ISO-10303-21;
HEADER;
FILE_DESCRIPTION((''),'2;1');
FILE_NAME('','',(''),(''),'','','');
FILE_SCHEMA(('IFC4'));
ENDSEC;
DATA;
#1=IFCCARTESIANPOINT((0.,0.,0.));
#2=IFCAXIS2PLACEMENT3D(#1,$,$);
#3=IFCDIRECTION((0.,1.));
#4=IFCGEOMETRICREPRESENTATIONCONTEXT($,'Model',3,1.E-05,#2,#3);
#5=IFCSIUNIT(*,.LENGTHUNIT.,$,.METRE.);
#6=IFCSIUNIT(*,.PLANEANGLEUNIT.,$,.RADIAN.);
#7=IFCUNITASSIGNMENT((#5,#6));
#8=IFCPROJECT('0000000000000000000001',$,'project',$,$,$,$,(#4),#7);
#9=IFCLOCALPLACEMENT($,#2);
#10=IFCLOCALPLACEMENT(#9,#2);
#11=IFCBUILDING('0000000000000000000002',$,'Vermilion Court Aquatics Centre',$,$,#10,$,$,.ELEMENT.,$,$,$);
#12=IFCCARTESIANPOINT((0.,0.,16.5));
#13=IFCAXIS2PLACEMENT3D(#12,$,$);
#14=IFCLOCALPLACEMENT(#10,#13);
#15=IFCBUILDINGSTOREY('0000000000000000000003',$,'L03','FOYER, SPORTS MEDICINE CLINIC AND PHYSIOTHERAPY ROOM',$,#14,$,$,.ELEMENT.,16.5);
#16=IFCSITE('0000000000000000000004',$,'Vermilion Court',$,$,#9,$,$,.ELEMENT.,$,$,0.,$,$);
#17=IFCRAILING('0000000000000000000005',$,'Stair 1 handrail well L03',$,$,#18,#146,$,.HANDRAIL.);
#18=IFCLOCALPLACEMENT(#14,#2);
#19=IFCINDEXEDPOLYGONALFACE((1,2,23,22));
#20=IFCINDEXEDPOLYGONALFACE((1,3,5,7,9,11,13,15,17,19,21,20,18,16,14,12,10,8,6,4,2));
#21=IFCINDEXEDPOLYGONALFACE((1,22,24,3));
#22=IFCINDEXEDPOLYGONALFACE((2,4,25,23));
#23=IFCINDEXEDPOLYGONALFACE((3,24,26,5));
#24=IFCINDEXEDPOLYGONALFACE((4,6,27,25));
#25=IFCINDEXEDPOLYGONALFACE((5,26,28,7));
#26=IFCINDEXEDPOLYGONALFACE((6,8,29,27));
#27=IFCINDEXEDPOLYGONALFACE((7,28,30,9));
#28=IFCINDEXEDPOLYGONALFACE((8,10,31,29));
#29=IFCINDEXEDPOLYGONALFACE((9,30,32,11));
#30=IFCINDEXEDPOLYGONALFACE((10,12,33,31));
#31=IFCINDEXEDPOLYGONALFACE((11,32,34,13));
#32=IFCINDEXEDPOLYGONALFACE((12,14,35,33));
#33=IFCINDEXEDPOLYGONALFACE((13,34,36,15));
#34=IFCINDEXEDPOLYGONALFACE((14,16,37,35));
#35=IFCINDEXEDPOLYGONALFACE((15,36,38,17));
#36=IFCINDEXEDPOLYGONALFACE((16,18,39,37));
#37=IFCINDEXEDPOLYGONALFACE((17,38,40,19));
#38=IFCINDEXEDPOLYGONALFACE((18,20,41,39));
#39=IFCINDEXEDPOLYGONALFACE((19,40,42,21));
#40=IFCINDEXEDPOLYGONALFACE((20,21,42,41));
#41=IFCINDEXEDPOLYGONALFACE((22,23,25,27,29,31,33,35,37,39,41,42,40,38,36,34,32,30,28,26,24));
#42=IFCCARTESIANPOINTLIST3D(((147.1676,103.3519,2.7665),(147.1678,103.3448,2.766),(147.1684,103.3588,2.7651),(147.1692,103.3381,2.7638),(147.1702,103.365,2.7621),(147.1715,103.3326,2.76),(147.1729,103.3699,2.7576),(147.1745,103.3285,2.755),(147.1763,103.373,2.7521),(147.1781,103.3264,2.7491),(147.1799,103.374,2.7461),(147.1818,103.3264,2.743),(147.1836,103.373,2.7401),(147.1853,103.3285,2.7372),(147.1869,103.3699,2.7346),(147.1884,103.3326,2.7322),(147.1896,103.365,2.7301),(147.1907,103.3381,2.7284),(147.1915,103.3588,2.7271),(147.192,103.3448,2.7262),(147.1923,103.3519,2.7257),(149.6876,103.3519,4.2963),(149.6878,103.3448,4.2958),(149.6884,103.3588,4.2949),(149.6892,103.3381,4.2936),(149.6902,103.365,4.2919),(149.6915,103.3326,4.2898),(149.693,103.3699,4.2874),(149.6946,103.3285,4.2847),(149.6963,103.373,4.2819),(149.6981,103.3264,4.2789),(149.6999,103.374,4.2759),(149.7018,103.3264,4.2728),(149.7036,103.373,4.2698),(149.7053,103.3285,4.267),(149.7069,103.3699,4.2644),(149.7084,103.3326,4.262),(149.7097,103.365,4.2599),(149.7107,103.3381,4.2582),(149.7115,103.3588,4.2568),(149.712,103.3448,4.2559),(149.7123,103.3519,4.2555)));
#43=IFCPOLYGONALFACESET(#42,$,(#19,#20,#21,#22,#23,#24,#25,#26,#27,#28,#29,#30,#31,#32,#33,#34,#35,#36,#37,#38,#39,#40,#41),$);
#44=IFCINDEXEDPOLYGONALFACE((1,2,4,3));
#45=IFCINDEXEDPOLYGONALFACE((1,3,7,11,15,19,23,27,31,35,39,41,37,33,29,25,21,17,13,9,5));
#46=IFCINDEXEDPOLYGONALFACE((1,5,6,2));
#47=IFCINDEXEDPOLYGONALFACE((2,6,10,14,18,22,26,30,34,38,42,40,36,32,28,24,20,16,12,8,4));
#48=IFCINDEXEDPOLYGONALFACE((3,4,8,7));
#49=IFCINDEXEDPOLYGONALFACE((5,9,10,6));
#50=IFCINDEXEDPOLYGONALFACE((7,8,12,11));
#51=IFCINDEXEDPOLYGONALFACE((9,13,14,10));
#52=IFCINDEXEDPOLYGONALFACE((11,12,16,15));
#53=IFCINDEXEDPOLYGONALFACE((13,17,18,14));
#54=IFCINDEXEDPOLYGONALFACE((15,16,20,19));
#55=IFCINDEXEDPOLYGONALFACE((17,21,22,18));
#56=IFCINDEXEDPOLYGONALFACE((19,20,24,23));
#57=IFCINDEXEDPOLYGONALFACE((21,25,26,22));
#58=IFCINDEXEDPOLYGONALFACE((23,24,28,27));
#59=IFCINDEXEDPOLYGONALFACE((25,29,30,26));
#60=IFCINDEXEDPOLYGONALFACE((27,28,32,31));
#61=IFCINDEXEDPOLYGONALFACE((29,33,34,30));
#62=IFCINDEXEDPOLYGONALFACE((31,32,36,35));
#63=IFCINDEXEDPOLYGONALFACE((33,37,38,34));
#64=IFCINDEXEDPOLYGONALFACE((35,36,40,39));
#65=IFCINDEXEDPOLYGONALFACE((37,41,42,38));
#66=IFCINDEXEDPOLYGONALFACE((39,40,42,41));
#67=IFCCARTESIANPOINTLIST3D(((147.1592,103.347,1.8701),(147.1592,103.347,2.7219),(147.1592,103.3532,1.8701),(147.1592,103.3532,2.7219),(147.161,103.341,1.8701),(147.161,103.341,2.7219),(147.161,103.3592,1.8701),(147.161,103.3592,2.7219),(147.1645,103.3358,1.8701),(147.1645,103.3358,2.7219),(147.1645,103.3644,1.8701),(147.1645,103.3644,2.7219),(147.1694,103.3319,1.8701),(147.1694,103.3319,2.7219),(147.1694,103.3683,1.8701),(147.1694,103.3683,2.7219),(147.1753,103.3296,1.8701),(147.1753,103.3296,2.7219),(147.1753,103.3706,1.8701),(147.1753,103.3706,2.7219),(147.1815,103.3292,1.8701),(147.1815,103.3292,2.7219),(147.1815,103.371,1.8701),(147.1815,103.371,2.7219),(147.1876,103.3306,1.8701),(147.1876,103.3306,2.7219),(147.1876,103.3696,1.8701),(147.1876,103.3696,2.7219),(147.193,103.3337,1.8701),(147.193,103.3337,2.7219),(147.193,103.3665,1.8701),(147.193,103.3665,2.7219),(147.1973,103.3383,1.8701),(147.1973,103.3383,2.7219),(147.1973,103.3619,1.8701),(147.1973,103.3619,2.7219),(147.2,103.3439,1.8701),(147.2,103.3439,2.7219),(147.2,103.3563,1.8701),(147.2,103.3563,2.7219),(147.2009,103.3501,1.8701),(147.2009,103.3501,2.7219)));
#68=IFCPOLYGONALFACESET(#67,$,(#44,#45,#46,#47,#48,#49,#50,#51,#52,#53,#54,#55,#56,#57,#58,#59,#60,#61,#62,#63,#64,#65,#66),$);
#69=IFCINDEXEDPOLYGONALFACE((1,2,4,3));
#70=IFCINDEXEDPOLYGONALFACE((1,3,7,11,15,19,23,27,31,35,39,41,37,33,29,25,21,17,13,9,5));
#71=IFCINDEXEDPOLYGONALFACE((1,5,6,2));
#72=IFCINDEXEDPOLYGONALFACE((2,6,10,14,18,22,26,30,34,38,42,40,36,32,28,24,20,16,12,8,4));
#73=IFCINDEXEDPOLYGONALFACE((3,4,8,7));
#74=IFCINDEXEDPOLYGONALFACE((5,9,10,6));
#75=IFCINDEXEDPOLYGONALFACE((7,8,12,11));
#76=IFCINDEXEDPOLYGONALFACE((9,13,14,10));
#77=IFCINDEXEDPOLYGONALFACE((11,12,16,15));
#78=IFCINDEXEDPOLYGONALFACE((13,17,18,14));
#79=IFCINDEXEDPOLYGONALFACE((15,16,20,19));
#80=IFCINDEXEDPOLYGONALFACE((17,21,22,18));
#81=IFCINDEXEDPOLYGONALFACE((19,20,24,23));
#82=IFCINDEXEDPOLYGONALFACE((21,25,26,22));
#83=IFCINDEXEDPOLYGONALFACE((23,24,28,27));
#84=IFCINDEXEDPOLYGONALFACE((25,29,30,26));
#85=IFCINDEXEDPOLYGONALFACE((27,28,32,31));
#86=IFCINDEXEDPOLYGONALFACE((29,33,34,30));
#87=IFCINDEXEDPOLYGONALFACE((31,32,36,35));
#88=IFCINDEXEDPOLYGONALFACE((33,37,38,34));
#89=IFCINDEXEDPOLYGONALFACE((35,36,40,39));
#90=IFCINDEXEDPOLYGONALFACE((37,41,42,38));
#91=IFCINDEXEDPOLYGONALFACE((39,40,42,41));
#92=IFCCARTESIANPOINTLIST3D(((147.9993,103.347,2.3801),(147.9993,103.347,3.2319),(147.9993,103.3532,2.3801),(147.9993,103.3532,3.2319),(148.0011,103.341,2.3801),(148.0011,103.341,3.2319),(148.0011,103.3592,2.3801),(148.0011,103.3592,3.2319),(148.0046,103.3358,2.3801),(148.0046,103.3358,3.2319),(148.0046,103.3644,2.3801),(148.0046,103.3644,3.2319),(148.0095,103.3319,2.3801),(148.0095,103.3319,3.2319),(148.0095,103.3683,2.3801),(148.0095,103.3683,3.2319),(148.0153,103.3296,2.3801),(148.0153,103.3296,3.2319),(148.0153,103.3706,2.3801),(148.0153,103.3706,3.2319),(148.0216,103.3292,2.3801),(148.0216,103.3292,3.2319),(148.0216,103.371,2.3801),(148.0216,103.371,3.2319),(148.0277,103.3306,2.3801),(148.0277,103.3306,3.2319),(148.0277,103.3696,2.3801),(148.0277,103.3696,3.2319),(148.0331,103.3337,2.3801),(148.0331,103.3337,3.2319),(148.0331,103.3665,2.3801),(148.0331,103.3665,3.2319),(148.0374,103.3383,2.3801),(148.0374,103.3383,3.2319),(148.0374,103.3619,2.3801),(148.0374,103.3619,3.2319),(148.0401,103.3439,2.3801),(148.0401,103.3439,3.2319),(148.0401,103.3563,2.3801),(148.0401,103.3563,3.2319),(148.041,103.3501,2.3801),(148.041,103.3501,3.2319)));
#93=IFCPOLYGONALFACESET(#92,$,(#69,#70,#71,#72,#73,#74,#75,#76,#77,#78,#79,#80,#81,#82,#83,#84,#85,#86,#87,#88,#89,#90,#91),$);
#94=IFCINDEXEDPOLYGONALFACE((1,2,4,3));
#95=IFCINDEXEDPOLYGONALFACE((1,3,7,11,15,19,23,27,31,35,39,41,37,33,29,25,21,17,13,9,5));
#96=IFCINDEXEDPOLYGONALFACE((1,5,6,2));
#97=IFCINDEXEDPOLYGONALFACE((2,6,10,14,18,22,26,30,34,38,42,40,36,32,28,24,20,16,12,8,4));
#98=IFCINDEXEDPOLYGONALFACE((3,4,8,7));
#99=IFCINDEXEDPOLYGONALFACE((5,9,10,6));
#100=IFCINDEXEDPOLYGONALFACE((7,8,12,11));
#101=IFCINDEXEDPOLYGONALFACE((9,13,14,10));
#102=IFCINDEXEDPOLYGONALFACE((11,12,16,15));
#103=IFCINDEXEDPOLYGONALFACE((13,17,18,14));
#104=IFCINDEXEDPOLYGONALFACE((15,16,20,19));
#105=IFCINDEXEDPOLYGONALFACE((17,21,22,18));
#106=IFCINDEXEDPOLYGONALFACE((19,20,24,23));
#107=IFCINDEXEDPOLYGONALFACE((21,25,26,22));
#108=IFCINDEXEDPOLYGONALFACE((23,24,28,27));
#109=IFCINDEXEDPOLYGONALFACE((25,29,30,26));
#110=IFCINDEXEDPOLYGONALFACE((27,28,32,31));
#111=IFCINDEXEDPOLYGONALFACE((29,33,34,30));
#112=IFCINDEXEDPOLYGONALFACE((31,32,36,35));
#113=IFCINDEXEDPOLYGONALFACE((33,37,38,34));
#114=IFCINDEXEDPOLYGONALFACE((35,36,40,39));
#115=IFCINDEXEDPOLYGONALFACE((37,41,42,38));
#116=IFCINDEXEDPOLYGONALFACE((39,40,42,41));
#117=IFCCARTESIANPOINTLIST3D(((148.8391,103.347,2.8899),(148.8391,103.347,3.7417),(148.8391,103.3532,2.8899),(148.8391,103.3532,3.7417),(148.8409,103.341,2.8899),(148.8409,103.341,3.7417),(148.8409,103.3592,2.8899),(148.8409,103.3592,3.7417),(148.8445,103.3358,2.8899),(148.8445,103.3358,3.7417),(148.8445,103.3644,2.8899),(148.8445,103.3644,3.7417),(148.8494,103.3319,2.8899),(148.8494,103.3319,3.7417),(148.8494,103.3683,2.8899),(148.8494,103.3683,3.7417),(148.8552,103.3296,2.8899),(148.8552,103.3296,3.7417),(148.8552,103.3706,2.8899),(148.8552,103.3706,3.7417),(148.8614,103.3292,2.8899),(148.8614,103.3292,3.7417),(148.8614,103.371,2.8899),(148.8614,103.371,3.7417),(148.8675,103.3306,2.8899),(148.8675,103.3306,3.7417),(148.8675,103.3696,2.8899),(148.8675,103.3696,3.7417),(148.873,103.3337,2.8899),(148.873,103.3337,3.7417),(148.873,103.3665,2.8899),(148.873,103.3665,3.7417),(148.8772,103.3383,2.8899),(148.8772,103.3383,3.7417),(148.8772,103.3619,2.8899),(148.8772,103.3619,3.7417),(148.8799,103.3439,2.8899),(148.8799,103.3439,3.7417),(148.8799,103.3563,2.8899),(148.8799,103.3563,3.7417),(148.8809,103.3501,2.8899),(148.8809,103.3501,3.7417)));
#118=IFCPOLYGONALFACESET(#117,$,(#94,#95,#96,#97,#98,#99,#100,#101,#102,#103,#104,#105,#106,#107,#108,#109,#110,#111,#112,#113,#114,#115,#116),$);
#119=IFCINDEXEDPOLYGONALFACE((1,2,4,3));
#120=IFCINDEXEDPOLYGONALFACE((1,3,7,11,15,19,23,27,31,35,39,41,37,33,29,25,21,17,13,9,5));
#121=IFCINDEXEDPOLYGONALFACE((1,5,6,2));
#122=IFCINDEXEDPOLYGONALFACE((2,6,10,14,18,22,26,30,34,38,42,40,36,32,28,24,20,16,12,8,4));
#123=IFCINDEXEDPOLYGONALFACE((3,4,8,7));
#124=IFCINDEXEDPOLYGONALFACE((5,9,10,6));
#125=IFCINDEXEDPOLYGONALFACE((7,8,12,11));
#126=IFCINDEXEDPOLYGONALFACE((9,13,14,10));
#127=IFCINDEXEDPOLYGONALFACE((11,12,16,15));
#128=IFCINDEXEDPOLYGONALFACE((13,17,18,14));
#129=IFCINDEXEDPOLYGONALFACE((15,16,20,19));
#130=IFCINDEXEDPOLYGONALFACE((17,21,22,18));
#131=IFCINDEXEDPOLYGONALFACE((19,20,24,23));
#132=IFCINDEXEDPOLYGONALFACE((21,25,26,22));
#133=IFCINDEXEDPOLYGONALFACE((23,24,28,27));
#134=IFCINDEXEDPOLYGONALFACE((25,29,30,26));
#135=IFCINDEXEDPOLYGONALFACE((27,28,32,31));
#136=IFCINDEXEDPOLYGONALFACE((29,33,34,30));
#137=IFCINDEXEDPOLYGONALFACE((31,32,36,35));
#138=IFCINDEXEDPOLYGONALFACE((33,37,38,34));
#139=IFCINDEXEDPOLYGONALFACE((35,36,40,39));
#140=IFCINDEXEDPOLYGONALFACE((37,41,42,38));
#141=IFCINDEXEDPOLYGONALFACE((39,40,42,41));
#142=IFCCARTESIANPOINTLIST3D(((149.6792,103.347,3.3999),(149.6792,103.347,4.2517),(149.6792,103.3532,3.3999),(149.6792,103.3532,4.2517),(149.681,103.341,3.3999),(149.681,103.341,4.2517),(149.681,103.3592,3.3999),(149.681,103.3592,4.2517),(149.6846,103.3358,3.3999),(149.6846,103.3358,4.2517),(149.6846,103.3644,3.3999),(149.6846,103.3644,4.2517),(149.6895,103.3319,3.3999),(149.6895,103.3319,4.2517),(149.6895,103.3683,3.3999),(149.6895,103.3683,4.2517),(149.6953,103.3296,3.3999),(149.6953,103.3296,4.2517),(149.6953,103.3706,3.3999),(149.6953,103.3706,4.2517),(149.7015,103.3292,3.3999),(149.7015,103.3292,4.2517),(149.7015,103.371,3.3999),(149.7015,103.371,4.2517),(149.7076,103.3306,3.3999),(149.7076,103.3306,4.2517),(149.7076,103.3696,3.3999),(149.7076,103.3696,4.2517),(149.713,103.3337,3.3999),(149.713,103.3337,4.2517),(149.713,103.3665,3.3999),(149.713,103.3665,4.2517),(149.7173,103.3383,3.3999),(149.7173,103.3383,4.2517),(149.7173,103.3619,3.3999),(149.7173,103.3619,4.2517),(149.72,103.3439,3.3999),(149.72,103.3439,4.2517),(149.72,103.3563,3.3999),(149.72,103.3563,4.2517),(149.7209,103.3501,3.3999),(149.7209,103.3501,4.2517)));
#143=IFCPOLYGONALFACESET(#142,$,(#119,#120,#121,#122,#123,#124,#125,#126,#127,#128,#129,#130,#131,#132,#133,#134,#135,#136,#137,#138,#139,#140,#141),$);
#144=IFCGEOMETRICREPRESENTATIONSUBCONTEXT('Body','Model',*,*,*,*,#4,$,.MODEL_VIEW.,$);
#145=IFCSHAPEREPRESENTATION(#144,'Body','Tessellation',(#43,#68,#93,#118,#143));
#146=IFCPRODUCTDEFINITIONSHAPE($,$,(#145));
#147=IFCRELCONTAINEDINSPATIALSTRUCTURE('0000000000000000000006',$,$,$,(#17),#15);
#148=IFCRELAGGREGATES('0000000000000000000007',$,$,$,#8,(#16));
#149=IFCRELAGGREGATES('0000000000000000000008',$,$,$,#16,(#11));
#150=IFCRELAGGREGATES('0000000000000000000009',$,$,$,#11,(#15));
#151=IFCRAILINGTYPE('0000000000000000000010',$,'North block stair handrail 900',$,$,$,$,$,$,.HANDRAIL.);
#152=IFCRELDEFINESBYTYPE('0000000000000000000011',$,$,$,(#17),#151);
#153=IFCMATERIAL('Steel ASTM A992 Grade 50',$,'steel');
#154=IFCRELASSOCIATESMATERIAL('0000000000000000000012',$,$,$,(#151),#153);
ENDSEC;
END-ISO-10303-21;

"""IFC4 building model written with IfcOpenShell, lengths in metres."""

from ifc_helpers import new_model, si_unit, direction, frame, origin, origin_2d, place, context, subcontext, project, spatial, circle, extrude, material, type_object, element, save


model = new_model("IFC4")

# Units and contexts
model_context = context("Model", 3, precision=1e-05, world=origin(), true_north=direction((0.0, 1.0)))
body_context = subcontext(model_context, "Body", "Model", "MODEL_VIEW")
ifc_project = project(units=[si_unit("LENGTHUNIT", "METRE"), si_unit("PLANEANGLEUNIT", "RADIAN")], contexts=[model_context])

# Site, building, storey
site_placement = place(None, origin())
site = spatial("IfcSite", under=ifc_project, at=site_placement, Name="Vermilion Court", CompositionType="ELEMENT", RefElevation=0.0)
building_placement = place(site_placement, origin())
building = spatial("IfcBuilding", under=site, at=building_placement, Name="Vermilion Court Aquatics Centre", CompositionType="ELEMENT")
storey_placement = place(building_placement, frame((0.0, 0.0, 16.5)))
storey = spatial("IfcBuildingStorey", under=building, at=storey_placement, Name="L03", Description="FOYER, SPORTS MEDICINE CLINIC AND PHYSIOTHERAPY ROOM", CompositionType="ELEMENT", Elevation=16.5)

# Railing
ifc_material_1 = material(Name="Steel ASTM A992 Grade 50", Category="steel")
railing_type_1 = type_object("IfcRailingType", Name="North block stair handrail 900", PredefinedType="HANDRAIL", material=ifc_material_1)
for number, where, name in (
    (1, (147.1799, 103.3501, 1.8701), "Stair 1 handrail well L03"),
):
    element("IfcRailing", number, at=place(storey_placement, frame(where)), inside=storey, type_object=railing_type_1, Name=name, PredefinedType="HANDRAIL", context=body_context, shape_type="SweptSolid", body=[
        extrude(circle(Radius=0.0239, at=origin_2d()), frame((0.0, 0.0, 0.876), z_axis=(0.854822, 0.0, 0.518922), x_axis=(0.0, 1.0, 0.0)), (0.0, 0.0, 1.0), 2.948),
        extrude(circle(Radius=0.021, at=origin_2d()), origin(), (0.0, 0.0, 1.0), 0.8518),
        extrude(circle(Radius=0.021, at=origin_2d()), frame((0.8401, 0.0, 0.51)), (0.0, 0.0, 1.0), 0.8518),
        extrude(circle(Radius=0.021, at=origin_2d()), frame((1.6799, 0.0, 1.0198)), (0.0, 0.0, 1.0), 0.8518),
        extrude(circle(Radius=0.021, at=origin_2d()), frame((2.52, 0.0, 1.5298)), (0.0, 0.0, 1.0), 0.8518),
    ])

save(model, "model.ifc")
